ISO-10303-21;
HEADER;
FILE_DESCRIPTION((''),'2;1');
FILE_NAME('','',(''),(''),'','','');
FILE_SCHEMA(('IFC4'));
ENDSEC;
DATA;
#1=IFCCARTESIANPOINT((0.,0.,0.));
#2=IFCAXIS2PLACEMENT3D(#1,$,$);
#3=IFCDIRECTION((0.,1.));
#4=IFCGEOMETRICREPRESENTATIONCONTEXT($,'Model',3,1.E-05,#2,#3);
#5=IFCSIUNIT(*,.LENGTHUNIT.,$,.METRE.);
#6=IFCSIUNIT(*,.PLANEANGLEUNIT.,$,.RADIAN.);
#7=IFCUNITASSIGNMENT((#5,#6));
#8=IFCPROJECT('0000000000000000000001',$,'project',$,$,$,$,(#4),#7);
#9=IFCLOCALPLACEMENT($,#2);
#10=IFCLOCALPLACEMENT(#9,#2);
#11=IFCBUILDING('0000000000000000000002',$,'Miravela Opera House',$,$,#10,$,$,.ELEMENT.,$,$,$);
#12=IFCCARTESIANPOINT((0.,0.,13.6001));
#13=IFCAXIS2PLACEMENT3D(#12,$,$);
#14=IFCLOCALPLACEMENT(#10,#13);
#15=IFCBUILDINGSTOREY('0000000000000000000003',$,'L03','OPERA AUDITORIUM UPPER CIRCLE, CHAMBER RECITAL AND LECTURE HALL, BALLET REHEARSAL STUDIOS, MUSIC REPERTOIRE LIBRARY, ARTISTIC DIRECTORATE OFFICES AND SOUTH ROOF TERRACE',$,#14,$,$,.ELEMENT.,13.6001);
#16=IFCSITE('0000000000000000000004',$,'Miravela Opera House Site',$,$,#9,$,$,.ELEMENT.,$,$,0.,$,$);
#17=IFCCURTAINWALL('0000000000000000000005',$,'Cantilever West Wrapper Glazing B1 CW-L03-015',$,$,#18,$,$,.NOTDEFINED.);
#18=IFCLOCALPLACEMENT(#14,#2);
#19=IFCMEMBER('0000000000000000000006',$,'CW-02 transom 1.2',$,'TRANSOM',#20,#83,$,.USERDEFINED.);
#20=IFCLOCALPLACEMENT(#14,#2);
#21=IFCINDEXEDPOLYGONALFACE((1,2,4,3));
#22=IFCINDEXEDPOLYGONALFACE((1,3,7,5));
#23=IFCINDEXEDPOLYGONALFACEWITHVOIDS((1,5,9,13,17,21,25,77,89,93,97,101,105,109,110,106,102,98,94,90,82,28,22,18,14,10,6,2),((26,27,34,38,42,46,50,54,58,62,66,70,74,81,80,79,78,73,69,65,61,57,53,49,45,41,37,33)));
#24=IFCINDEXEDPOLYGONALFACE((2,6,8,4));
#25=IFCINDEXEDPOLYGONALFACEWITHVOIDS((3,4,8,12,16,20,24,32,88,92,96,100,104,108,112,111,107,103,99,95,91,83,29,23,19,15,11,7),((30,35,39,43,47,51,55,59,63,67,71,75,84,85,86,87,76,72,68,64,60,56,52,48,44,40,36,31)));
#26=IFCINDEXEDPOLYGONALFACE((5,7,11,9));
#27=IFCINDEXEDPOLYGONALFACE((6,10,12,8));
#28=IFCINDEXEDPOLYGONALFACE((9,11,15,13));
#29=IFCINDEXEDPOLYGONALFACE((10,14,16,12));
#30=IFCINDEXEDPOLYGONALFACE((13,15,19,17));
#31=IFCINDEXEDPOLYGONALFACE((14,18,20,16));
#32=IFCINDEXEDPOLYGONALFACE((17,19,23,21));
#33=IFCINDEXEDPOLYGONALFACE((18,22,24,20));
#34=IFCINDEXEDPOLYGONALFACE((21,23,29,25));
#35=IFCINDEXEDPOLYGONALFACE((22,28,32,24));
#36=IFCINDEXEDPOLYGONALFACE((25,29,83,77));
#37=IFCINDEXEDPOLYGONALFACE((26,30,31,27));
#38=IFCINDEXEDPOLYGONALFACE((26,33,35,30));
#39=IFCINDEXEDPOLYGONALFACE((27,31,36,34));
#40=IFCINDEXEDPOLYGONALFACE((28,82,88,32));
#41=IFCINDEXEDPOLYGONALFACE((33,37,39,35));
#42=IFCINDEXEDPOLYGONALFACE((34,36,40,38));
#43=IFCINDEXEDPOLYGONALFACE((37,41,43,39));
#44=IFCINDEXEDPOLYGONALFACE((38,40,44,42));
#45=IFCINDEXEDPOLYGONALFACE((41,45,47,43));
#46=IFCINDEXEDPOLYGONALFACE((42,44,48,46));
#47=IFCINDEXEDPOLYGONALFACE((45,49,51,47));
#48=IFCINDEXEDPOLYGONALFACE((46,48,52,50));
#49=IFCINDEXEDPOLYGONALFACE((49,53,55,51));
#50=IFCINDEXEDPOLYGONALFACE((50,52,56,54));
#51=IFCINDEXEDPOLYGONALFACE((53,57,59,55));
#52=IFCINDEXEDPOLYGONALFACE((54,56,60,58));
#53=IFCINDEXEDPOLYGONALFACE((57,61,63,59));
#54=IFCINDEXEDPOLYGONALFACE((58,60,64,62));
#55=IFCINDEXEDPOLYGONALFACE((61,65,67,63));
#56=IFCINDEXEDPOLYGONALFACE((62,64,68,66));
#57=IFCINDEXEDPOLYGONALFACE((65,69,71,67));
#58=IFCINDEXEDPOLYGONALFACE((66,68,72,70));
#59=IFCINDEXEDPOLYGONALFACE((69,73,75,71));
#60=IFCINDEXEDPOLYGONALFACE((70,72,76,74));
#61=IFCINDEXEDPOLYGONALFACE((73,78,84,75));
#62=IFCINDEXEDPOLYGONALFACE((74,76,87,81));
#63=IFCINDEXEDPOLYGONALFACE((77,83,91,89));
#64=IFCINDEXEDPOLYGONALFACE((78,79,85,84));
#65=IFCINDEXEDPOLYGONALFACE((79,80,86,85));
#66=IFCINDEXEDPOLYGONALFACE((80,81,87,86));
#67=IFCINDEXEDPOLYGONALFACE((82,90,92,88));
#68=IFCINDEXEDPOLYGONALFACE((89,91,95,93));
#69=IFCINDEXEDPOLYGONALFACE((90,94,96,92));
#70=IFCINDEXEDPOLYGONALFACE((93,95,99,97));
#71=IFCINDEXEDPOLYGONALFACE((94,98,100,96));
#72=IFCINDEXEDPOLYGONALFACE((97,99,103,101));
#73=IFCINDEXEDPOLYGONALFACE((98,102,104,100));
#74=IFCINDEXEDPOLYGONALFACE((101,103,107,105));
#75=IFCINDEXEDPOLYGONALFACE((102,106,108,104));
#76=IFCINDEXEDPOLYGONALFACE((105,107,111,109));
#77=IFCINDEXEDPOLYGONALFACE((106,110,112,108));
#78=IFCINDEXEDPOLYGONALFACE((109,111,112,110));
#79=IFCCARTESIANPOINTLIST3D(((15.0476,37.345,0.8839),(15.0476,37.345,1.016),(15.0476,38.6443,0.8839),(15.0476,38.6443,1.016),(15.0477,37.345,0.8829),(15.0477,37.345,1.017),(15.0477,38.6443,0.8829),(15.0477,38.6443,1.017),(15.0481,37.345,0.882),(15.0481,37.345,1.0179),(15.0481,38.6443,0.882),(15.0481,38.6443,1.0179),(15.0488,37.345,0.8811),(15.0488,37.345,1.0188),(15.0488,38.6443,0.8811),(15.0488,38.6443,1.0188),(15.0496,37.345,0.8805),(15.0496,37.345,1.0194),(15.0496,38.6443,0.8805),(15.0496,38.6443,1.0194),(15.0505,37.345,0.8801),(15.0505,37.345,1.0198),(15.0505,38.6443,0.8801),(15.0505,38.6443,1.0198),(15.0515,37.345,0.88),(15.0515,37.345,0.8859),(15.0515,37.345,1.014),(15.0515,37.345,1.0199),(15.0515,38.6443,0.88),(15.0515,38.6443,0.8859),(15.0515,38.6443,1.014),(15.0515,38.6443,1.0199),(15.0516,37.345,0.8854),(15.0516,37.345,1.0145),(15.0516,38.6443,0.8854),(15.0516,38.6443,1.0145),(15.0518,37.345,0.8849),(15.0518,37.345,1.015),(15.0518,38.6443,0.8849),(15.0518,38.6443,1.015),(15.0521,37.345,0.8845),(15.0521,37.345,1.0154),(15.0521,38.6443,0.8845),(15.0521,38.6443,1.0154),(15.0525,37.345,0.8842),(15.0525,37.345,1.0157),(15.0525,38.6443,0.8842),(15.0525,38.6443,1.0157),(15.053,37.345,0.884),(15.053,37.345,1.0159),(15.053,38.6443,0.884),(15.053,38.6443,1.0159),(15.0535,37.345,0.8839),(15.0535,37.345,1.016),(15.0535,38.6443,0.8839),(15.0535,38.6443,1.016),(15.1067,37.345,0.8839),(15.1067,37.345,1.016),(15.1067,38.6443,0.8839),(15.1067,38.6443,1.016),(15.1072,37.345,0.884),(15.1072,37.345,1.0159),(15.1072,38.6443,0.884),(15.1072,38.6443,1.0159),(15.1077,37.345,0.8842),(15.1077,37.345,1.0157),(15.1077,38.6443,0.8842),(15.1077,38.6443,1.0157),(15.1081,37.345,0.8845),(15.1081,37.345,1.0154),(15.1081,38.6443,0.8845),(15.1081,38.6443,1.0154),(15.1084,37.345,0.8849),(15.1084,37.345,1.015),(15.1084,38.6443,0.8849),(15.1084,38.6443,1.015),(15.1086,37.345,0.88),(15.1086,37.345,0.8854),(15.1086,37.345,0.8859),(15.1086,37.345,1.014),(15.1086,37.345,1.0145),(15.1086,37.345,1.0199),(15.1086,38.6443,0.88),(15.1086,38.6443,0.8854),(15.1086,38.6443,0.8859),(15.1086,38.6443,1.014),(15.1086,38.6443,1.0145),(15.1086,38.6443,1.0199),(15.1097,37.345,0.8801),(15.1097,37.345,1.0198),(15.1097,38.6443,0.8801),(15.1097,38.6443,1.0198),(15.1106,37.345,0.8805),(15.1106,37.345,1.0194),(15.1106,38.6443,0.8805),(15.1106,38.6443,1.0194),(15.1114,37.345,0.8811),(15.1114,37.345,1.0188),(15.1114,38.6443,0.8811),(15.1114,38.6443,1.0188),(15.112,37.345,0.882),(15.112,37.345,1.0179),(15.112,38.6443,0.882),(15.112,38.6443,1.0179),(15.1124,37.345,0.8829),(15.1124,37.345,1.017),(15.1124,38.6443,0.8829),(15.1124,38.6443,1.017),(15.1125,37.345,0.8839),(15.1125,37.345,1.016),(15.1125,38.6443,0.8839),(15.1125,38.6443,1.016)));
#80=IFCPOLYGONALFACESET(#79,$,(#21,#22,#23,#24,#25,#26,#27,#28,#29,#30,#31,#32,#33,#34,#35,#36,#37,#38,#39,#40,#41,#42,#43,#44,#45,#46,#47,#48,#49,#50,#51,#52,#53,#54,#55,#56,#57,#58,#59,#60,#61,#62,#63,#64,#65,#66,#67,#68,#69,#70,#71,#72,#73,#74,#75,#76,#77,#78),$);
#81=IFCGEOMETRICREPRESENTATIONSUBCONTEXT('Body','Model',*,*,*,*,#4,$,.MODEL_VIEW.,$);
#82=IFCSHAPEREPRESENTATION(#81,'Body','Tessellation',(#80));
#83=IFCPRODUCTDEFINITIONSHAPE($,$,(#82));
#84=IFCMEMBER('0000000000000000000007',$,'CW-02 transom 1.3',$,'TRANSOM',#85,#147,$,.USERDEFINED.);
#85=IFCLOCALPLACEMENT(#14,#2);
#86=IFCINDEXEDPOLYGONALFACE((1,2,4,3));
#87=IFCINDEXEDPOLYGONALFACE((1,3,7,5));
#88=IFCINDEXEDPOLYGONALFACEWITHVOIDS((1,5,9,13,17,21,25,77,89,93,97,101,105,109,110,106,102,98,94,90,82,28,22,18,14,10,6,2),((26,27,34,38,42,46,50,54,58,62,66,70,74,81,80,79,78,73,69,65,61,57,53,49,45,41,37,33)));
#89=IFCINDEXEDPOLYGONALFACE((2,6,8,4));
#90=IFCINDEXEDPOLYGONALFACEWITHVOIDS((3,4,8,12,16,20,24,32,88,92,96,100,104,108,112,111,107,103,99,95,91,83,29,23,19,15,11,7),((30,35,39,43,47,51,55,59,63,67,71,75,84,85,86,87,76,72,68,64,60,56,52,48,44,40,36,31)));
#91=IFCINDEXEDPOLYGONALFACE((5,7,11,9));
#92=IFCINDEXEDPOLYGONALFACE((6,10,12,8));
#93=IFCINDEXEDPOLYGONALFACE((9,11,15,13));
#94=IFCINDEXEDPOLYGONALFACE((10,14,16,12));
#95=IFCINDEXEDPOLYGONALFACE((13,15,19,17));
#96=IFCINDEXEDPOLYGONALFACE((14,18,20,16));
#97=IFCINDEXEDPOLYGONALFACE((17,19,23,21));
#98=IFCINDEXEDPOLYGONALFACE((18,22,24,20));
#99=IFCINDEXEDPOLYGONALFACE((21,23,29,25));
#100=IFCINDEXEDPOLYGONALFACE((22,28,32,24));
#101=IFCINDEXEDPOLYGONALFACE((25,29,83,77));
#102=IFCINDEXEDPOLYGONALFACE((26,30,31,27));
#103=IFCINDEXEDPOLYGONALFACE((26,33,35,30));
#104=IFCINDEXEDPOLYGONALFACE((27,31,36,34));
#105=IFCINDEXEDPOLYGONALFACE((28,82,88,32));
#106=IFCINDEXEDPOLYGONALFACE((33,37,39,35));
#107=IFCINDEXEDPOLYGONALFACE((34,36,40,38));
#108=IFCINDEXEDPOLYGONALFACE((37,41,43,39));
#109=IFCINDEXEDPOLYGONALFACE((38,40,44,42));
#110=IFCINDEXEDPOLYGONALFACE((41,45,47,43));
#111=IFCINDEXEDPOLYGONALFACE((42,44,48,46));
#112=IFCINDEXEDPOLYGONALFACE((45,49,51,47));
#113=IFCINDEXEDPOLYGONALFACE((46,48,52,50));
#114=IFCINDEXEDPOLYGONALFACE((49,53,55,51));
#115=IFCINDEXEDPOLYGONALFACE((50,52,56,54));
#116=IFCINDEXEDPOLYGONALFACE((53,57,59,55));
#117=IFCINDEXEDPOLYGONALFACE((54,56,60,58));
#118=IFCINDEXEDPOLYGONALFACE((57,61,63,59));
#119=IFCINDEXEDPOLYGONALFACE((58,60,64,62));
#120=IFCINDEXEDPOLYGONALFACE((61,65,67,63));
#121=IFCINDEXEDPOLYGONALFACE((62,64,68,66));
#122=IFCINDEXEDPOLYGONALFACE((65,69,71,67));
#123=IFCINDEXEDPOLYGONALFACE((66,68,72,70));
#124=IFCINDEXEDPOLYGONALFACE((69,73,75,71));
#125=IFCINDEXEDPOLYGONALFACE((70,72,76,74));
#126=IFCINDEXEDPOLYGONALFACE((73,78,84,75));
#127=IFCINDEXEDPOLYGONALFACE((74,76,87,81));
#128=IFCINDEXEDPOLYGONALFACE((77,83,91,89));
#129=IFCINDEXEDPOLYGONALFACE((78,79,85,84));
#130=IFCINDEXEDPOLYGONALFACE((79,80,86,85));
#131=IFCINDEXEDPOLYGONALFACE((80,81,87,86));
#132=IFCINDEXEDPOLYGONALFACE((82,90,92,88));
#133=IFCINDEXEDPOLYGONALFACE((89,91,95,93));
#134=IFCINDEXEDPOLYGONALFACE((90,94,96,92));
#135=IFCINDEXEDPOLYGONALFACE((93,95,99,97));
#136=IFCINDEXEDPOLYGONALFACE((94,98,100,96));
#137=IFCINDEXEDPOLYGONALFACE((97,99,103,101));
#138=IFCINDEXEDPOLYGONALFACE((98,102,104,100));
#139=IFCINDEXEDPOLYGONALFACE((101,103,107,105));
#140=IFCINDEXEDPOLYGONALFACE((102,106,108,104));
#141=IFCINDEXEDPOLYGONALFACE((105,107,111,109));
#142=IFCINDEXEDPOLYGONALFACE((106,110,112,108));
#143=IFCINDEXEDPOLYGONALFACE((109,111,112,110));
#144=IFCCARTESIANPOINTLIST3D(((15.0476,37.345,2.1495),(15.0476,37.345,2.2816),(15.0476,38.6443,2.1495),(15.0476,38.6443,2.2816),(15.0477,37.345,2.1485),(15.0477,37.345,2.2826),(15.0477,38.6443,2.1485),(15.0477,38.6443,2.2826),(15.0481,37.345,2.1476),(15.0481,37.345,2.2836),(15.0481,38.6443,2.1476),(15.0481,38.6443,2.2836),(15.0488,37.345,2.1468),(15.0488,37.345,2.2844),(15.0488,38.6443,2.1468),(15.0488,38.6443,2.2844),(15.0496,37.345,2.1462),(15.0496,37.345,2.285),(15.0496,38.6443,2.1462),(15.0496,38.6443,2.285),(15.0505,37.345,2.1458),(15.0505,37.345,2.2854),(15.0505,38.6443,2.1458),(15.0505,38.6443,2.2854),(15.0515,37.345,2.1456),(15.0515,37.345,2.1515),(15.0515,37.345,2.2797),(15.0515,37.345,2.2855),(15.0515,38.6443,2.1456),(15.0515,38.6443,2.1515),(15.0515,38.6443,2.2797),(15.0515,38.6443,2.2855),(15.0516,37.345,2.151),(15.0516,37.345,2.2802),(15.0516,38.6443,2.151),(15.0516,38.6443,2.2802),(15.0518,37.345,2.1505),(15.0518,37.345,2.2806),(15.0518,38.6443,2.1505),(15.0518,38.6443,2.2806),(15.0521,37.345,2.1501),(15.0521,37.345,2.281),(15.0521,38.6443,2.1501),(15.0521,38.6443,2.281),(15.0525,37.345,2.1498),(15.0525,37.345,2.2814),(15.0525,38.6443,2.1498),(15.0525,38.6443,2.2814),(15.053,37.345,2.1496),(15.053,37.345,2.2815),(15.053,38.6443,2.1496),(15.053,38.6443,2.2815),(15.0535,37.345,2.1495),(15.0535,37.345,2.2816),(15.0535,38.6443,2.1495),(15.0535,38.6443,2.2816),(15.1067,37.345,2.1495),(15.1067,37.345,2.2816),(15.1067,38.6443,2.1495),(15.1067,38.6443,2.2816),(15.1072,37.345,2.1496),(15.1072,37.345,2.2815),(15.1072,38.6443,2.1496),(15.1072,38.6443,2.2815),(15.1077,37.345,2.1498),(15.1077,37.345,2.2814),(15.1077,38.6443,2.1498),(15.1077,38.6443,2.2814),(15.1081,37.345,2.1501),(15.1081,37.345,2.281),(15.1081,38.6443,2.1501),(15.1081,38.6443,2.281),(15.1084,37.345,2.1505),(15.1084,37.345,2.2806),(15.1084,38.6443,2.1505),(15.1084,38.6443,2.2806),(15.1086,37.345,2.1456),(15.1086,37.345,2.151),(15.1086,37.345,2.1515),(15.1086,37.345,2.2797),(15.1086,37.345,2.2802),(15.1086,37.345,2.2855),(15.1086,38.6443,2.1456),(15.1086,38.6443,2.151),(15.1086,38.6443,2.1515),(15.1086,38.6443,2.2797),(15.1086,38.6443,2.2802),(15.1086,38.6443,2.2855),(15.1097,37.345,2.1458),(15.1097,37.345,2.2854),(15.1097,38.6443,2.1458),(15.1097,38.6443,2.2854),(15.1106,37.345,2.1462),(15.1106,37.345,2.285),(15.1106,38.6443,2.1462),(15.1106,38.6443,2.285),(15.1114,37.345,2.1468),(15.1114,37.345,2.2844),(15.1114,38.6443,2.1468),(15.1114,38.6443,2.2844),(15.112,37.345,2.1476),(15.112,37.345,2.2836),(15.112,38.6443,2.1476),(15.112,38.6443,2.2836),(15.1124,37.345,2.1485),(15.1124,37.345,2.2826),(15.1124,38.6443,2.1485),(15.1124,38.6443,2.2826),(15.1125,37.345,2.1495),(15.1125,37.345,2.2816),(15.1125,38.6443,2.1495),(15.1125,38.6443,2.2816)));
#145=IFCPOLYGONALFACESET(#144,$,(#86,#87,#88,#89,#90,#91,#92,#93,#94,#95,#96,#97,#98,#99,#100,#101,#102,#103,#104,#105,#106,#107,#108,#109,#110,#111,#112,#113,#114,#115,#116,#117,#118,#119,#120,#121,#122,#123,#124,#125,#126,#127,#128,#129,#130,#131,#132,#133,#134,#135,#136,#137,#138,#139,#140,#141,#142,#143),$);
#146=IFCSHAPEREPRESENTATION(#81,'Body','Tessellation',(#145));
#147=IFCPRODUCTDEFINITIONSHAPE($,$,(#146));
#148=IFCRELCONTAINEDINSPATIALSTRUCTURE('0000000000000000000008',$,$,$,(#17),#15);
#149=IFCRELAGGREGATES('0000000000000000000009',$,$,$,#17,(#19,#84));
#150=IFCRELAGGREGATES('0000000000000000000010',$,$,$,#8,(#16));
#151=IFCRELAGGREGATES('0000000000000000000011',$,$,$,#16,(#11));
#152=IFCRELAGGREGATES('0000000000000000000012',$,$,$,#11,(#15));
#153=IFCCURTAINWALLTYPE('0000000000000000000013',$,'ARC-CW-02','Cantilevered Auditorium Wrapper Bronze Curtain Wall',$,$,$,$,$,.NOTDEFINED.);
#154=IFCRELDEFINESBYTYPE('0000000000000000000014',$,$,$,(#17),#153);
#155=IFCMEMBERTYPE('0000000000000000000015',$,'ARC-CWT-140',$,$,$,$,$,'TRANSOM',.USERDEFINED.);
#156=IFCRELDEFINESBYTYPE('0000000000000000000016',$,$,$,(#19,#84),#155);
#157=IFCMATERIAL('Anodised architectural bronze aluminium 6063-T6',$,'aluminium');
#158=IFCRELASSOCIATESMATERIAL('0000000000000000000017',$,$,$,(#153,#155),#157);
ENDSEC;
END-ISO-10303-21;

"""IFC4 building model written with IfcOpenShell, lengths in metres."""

from ifc_helpers import new_model, si_unit, direction, frame, origin, origin_2d, place, context, subcontext, project, spatial, hollow_rectangle, extrude, material, material_profile, profile_set, type_object, element, aggregate, save


model = new_model("IFC4")

# Units and contexts
model_context = context("Model", 3, precision=1e-05, world=origin(), true_north=direction((0.0, 1.0)))
body_context = subcontext(model_context, "Body", "Model", "MODEL_VIEW")
ifc_project = project(units=[si_unit("LENGTHUNIT", "METRE"), si_unit("PLANEANGLEUNIT", "RADIAN")], contexts=[model_context])

# Site, building, storey
site_placement = place(None, origin())
site = spatial("IfcSite", under=ifc_project, at=site_placement, Name="Miravela Opera House Site", CompositionType="ELEMENT", RefElevation=0.0)
building_placement = place(site_placement, origin())
building = spatial("IfcBuilding", under=site, at=building_placement, Name="Miravela Opera House", CompositionType="ELEMENT")
storey_placement = place(building_placement, frame((0.0, 0.0, 13.6001)))
storey = spatial("IfcBuildingStorey", under=building, at=storey_placement, Name="L03", Description="OPERA AUDITORIUM UPPER CIRCLE, CHAMBER RECITAL AND LECTURE HALL, BALLET REHEARSAL STUDIOS, MUSIC REPERTOIRE LIBRARY, ARTISTIC DIRECTORATE OFFICES AND SOUTH ROOF TERRACE", CompositionType="ELEMENT", Elevation=13.6001)

# Curtain wall
ifc_material_1 = material(Name="Anodised architectural bronze aluminium 6063-T6", Category="aluminium")
curtain_wall_type = type_object("IfcCurtainWallType", Name="ARC-CW-02", Description="Cantilevered Auditorium Wrapper Bronze Curtain Wall", PredefinedType="NOTDEFINED", material=ifc_material_1)
curtain_wall_1_placement = place(storey_placement, origin())
curtain_wall_1 = element("IfcCurtainWall", 1, at=curtain_wall_1_placement, inside=storey, type_object=curtain_wall_type, Name="Cantilever West Wrapper Glazing B1 CW-L03-015", PredefinedType="NOTDEFINED")

# Members
ifc_material_profile_1 = material_profile(ifc_material_1, hollow_rectangle(XDim=0.0649, YDim=0.1399, WallThickness=0.0039, InnerFilletRadius=0.002, OuterFilletRadius=0.0039, at=origin_2d()), Name="CWT-65X140")
ifc_profile_set_1 = profile_set([ifc_material_profile_1])
member_type_1 = type_object("IfcMemberType", Name="ARC-CWT-140", ElementType="TRANSOM", PredefinedType="USERDEFINED", material=ifc_profile_set_1)
member_1_placement = place(storey_placement, frame((15.0801, 37.345, 0.95), z_axis=(0.0, 1.0, 0.0), x_axis=(-1.0, 0.0, 0.0)))
member_1 = element("IfcMember", 2, at=member_1_placement, type_object=member_type_1, Name="CW-02 transom 1.2", ObjectType="TRANSOM", PredefinedType="USERDEFINED", context=body_context, shape_type="SweptSolid", body=[
    extrude(hollow_rectangle(XDim=0.0649, YDim=0.1399, WallThickness=0.0039, InnerFilletRadius=0.002, OuterFilletRadius=0.0039, at=origin_2d()), origin(), (0.0, 0.0, 1.0), 1.2993),
])
member_2_placement = place(storey_placement, frame((15.0801, 37.345, 2.2156), z_axis=(0.0, 1.0, 0.0), x_axis=(-1.0, 0.0, 0.0)))
member_2 = element("IfcMember", 3, at=member_2_placement, type_object=member_type_1, Name="CW-02 transom 1.3", ObjectType="TRANSOM", PredefinedType="USERDEFINED", context=body_context, shape_type="SweptSolid", body=[
    extrude(hollow_rectangle(XDim=0.0649, YDim=0.1399, WallThickness=0.0039, InnerFilletRadius=0.002, OuterFilletRadius=0.0039, at=origin_2d()), origin(), (0.0, 0.0, 1.0), 1.2993),
])

aggregate(curtain_wall_1, [member_1, member_2])

save(model, "model.ifc")
